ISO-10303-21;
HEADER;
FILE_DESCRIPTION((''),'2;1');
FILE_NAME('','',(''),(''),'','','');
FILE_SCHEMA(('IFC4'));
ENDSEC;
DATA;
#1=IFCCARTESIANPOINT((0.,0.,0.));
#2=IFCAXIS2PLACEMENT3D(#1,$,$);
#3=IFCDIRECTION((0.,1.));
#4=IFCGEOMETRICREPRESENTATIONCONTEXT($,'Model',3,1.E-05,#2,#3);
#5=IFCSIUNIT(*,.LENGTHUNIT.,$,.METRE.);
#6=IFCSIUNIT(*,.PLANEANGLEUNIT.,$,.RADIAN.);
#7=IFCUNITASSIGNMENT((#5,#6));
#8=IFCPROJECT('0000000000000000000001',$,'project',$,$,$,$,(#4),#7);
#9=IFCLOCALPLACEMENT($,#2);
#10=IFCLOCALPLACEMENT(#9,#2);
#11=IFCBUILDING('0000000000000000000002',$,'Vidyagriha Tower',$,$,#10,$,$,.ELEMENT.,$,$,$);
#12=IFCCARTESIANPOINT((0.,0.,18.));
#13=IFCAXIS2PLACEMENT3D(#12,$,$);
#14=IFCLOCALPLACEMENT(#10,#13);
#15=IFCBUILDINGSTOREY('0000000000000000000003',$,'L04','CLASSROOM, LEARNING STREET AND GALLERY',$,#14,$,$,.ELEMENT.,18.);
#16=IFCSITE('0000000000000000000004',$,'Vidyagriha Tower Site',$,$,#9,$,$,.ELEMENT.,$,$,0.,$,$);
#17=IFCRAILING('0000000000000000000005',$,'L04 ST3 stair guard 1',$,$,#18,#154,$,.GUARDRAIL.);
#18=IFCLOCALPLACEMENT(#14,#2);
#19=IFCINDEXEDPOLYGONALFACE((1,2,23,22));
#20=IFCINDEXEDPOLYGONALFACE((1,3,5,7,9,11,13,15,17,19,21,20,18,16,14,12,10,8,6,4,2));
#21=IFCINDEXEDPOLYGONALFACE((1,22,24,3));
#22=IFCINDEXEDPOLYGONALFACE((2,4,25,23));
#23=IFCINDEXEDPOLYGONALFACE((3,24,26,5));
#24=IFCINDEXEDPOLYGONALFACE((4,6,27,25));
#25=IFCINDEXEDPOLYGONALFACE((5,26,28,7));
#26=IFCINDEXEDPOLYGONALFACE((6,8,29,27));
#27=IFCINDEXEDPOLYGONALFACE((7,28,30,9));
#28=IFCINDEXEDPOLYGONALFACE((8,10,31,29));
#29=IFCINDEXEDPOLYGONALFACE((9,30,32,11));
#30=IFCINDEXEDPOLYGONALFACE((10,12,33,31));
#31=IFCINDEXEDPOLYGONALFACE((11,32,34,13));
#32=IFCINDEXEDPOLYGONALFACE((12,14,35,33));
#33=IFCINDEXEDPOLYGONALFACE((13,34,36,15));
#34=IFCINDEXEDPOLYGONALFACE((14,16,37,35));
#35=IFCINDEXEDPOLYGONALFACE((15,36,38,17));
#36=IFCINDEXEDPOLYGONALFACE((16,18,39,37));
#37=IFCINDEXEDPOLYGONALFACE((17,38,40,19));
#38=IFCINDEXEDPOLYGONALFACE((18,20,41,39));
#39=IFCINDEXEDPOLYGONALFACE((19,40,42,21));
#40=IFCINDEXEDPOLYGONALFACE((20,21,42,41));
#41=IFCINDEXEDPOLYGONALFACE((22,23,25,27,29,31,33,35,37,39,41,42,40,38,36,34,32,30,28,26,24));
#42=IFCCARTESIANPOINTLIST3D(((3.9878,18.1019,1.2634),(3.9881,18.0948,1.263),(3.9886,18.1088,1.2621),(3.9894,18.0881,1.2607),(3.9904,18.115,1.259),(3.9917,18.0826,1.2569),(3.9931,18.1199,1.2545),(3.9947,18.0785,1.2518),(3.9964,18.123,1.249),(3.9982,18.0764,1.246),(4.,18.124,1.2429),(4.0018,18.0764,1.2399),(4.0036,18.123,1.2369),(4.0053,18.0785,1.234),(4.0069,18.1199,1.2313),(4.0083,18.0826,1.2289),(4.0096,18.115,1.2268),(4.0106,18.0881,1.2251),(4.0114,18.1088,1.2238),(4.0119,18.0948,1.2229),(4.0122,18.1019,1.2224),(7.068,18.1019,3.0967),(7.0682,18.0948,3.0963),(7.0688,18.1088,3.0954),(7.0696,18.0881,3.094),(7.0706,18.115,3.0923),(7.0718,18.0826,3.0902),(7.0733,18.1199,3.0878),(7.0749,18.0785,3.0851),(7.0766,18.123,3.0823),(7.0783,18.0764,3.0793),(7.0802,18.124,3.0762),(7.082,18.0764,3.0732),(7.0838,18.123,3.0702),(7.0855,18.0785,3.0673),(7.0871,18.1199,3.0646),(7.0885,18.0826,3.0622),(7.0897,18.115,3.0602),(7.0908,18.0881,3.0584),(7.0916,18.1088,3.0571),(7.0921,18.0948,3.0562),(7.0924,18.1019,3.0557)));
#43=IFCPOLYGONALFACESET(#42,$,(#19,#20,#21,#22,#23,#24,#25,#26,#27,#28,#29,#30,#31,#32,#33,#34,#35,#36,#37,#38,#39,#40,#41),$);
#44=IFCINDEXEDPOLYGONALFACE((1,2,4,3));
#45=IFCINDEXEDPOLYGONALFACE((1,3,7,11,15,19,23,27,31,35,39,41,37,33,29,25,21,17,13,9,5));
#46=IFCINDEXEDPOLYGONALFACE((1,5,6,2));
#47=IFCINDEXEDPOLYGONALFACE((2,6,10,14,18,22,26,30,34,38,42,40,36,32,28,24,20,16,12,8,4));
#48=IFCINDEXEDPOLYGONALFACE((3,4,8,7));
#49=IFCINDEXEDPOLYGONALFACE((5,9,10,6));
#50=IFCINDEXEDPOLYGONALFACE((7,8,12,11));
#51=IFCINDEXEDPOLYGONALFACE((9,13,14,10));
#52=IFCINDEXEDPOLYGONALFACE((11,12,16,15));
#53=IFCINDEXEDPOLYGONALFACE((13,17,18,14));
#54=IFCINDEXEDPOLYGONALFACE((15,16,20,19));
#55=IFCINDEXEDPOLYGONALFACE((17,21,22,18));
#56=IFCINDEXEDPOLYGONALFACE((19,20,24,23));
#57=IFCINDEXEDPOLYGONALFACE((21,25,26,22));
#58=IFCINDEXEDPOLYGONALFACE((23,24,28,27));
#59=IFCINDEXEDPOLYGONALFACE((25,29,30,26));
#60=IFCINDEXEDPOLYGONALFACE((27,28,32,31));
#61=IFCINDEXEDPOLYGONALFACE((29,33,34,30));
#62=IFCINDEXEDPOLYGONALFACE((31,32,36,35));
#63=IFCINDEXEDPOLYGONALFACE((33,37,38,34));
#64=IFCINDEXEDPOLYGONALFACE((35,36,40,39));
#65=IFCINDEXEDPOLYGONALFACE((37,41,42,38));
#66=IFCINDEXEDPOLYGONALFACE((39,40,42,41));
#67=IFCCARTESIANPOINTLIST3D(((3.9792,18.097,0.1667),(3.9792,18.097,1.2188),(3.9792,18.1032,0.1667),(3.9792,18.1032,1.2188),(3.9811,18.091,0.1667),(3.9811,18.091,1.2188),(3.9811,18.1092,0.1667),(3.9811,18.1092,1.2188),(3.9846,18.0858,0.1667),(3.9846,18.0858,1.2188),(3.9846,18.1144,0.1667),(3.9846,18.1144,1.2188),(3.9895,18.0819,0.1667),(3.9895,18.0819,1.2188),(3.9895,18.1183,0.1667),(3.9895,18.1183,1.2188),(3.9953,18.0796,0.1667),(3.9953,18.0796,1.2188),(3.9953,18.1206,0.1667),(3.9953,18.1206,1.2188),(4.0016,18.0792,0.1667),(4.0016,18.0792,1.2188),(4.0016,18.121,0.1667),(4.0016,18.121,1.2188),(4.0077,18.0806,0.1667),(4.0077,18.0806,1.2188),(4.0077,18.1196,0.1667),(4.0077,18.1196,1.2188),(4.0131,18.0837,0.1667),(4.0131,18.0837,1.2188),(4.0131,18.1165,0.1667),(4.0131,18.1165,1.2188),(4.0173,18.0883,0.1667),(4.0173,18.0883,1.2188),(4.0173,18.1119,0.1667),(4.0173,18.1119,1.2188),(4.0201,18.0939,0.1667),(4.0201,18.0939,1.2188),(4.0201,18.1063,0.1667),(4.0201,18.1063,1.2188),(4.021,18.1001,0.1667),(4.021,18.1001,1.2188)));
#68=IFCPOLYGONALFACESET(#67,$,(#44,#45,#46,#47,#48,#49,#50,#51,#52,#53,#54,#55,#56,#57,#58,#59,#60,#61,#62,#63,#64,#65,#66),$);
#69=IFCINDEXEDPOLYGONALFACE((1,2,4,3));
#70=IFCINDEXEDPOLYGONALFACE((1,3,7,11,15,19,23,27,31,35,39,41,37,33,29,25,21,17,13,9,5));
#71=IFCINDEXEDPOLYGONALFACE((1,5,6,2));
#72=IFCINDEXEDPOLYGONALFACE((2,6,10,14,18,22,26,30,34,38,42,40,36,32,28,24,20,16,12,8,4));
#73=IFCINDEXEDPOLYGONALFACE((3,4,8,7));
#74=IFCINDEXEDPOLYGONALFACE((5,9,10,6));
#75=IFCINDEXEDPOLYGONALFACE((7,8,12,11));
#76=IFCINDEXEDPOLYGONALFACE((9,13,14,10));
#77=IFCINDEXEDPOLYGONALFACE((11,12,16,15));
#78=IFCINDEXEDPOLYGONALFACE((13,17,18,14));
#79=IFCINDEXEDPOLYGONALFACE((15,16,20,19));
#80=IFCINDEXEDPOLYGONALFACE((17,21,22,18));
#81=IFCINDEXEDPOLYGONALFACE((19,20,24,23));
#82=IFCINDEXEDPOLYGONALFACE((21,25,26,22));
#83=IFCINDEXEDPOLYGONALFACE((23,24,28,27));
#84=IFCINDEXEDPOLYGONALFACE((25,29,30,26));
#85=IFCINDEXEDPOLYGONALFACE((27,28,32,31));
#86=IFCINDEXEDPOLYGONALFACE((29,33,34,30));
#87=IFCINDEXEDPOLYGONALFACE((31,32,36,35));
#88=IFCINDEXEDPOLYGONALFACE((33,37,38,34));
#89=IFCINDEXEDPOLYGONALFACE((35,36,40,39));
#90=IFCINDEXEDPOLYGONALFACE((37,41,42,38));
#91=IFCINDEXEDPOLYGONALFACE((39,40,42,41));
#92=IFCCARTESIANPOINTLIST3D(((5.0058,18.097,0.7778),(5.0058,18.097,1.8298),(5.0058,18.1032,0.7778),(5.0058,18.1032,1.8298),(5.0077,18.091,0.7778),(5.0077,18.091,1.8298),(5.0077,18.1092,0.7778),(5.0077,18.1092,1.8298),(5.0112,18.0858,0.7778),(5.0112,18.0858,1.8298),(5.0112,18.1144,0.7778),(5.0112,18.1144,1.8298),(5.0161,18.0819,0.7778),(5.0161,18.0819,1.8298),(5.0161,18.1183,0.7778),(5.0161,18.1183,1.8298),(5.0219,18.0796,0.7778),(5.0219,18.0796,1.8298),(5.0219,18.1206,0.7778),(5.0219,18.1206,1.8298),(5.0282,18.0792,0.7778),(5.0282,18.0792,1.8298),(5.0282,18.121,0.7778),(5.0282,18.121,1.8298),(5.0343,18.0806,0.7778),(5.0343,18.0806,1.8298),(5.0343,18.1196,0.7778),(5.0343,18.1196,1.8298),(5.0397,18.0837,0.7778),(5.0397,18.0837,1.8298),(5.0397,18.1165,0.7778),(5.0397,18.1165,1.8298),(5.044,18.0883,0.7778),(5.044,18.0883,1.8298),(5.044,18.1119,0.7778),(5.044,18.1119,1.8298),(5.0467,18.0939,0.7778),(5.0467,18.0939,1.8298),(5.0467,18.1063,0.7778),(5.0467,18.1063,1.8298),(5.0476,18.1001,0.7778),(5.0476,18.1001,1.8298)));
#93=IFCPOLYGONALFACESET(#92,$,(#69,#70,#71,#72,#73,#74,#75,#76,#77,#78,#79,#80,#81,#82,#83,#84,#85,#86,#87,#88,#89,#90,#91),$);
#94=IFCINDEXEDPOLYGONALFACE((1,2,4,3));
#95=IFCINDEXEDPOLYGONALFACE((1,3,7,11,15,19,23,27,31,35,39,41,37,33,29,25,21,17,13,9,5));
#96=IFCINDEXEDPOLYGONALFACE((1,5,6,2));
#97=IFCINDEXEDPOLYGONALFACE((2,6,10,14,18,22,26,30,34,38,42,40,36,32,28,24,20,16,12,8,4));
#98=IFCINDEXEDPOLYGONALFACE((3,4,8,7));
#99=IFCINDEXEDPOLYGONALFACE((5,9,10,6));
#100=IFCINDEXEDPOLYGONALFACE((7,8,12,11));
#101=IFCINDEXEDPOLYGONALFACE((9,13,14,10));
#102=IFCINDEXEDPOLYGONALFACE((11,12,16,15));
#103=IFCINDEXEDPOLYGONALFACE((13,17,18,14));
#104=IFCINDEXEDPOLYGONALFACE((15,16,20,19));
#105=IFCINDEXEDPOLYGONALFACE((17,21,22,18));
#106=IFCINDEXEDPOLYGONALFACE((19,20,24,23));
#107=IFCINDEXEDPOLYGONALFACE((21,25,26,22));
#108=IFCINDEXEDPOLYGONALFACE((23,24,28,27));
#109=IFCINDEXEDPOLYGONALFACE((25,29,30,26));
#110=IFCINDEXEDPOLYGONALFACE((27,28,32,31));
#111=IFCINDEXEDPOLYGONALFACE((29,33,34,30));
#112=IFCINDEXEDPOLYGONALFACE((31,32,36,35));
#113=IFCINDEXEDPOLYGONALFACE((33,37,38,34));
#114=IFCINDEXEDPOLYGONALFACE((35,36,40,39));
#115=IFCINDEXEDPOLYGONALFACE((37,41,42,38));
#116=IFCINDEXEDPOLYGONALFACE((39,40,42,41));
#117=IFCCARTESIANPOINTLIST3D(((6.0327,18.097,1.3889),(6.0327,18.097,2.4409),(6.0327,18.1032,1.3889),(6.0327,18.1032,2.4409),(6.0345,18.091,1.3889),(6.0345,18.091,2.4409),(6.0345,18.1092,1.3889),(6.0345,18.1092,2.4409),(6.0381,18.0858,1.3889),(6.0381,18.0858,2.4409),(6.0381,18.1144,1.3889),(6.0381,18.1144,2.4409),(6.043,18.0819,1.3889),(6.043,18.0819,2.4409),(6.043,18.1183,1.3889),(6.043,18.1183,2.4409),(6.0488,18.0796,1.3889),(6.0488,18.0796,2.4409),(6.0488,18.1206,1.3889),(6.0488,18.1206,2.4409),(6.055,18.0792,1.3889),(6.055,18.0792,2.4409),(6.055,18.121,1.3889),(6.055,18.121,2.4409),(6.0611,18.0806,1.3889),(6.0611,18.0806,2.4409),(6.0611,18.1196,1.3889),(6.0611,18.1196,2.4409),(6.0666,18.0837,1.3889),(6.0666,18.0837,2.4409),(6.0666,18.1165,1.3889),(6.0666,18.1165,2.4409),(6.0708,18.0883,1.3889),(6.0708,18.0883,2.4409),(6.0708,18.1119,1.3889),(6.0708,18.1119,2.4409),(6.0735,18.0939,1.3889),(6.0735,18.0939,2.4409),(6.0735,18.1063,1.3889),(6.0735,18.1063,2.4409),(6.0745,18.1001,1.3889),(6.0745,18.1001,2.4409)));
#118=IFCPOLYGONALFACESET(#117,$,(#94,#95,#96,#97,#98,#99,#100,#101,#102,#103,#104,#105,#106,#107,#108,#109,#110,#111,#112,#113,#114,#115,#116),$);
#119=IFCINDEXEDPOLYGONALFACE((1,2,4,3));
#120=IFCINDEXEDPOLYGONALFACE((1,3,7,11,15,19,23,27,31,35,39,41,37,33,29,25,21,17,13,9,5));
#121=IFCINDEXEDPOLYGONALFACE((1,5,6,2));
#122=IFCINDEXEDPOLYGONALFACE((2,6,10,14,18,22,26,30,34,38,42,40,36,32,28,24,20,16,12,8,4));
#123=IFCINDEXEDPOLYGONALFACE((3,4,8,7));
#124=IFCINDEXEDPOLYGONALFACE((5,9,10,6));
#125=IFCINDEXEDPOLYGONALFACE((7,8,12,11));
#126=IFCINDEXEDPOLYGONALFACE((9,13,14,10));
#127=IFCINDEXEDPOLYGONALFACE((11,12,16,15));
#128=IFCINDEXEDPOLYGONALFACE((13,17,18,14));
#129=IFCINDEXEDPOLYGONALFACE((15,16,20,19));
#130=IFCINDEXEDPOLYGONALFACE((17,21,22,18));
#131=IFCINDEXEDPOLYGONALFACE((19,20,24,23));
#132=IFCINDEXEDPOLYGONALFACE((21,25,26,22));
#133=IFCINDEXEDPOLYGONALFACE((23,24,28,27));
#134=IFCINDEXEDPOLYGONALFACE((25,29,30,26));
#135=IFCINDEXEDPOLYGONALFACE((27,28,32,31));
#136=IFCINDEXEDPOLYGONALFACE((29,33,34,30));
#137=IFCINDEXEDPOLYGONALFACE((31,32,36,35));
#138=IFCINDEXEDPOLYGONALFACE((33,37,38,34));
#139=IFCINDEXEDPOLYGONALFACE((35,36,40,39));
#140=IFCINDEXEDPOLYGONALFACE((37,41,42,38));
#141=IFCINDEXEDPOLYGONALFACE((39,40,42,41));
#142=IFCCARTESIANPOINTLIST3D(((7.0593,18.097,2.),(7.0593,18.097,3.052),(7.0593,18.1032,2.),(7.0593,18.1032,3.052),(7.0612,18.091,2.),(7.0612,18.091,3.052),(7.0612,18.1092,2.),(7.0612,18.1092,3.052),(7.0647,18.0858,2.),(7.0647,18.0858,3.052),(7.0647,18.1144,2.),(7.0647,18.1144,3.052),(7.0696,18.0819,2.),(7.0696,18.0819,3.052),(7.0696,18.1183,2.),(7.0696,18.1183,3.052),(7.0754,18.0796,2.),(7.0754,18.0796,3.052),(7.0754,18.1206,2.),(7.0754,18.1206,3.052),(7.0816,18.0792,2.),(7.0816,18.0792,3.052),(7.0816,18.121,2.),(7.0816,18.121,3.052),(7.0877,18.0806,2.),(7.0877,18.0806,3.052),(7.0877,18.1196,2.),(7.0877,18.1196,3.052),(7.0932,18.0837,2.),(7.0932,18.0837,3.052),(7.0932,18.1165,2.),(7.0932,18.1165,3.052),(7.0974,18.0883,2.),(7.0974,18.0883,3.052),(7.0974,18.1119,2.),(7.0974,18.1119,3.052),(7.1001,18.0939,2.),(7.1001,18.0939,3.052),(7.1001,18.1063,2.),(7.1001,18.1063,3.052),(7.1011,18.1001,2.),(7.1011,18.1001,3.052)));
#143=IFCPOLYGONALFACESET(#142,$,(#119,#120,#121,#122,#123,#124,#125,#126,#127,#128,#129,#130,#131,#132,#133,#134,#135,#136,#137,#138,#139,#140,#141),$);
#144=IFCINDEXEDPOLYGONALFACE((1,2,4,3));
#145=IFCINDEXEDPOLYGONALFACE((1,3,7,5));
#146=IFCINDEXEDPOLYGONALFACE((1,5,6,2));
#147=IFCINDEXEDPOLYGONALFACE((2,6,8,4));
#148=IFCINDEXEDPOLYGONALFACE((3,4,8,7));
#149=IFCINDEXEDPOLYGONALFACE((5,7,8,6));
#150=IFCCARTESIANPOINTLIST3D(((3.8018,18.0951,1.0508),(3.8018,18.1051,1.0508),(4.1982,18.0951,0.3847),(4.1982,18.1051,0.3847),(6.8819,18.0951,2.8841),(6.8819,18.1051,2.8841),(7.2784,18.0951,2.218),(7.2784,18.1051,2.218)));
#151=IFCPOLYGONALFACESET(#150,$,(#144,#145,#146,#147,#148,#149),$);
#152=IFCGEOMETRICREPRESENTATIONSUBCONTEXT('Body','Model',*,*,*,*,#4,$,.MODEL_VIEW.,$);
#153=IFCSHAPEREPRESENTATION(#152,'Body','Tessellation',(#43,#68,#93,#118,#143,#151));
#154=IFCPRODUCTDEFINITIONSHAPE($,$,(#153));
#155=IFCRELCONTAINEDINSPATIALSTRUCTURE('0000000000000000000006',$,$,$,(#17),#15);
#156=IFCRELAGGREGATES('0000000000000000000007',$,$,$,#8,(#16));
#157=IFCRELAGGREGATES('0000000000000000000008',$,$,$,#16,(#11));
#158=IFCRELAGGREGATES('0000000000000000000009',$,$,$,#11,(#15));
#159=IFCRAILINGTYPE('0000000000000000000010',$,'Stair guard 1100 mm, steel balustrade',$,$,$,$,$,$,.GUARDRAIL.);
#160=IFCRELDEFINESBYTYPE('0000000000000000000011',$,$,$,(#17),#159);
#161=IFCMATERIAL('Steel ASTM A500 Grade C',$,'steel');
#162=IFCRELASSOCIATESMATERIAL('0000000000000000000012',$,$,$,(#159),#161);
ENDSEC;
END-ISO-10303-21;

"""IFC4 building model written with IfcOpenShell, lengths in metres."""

from ifc_helpers import new_model, si_unit, direction, frame, origin, origin_2d, place, context, subcontext, project, spatial, rectangle, circle, extrude, material, type_object, element, save


model = new_model("IFC4")

# Units and contexts
model_context = context("Model", 3, precision=1e-05, world=origin(), true_north=direction((0.0, 1.0)))
body_context = subcontext(model_context, "Body", "Model", "MODEL_VIEW")
ifc_project = project(units=[si_unit("LENGTHUNIT", "METRE"), si_unit("PLANEANGLEUNIT", "RADIAN")], contexts=[model_context])

# Site, building, storey
site_placement = place(None, origin())
site = spatial("IfcSite", under=ifc_project, at=site_placement, Name="Vidyagriha Tower Site", CompositionType="ELEMENT", RefElevation=0.0)
building_placement = place(site_placement, origin())
building = spatial("IfcBuilding", under=site, at=building_placement, Name="Vidyagriha Tower", CompositionType="ELEMENT")
storey_placement = place(building_placement, frame((0.0, 0.0, 18.0)))
storey = spatial("IfcBuildingStorey", under=building, at=storey_placement, Name="L04", Description="CLASSROOM, LEARNING STREET AND GALLERY", CompositionType="ELEMENT", Elevation=18.0)

# Railing
ifc_material_1 = material(Name="Steel ASTM A500 Grade C", Category="steel")
railing_type_1 = type_object("IfcRailingType", Name="Stair guard 1100 mm, steel balustrade", PredefinedType="GUARDRAIL", material=ifc_material_1)
railing_1_placement = place(storey_placement, frame((4.0, 18.1001, 0.1667)))
element("IfcRailing", 1, at=railing_1_placement, inside=storey, type_object=railing_type_1, Name="L04 ST3 stair guard 1", PredefinedType="GUARDRAIL", context=body_context, shape_type="SweptSolid", body=[
    extrude(circle(Radius=0.0239, at=origin_2d()), frame((0.0, 0.0, 1.0762), z_axis=(0.859309, 0.0, 0.511458), x_axis=(0.0, 1.0, 0.0)), (0.0, 0.0, 1.0), 3.5845),
    extrude(circle(Radius=0.021, at=origin_2d()), origin(), (0.0, 0.0, 1.0), 1.052),
    extrude(circle(Radius=0.021, at=origin_2d()), frame((1.0266, 0.0, 0.6111)), (0.0, 0.0, 1.0), 1.052),
    extrude(circle(Radius=0.021, at=origin_2d()), frame((2.0535, 0.0, 1.2222)), (0.0, 0.0, 1.0), 1.052),
    extrude(circle(Radius=0.021, at=origin_2d()), frame((3.0801, 0.0, 1.8333)), (0.0, 0.0, 1.0), 1.052),
    extrude(rectangle(XDim=0.01, YDim=0.7751, at=origin_2d()), frame((0.0, 0.0, 0.551), z_axis=(0.859309, 0.0, 0.511458), x_axis=(0.0, 1.0, 0.0)), (0.0, 0.0, 1.0), 3.5845),
])

save(model, "model.ifc")
